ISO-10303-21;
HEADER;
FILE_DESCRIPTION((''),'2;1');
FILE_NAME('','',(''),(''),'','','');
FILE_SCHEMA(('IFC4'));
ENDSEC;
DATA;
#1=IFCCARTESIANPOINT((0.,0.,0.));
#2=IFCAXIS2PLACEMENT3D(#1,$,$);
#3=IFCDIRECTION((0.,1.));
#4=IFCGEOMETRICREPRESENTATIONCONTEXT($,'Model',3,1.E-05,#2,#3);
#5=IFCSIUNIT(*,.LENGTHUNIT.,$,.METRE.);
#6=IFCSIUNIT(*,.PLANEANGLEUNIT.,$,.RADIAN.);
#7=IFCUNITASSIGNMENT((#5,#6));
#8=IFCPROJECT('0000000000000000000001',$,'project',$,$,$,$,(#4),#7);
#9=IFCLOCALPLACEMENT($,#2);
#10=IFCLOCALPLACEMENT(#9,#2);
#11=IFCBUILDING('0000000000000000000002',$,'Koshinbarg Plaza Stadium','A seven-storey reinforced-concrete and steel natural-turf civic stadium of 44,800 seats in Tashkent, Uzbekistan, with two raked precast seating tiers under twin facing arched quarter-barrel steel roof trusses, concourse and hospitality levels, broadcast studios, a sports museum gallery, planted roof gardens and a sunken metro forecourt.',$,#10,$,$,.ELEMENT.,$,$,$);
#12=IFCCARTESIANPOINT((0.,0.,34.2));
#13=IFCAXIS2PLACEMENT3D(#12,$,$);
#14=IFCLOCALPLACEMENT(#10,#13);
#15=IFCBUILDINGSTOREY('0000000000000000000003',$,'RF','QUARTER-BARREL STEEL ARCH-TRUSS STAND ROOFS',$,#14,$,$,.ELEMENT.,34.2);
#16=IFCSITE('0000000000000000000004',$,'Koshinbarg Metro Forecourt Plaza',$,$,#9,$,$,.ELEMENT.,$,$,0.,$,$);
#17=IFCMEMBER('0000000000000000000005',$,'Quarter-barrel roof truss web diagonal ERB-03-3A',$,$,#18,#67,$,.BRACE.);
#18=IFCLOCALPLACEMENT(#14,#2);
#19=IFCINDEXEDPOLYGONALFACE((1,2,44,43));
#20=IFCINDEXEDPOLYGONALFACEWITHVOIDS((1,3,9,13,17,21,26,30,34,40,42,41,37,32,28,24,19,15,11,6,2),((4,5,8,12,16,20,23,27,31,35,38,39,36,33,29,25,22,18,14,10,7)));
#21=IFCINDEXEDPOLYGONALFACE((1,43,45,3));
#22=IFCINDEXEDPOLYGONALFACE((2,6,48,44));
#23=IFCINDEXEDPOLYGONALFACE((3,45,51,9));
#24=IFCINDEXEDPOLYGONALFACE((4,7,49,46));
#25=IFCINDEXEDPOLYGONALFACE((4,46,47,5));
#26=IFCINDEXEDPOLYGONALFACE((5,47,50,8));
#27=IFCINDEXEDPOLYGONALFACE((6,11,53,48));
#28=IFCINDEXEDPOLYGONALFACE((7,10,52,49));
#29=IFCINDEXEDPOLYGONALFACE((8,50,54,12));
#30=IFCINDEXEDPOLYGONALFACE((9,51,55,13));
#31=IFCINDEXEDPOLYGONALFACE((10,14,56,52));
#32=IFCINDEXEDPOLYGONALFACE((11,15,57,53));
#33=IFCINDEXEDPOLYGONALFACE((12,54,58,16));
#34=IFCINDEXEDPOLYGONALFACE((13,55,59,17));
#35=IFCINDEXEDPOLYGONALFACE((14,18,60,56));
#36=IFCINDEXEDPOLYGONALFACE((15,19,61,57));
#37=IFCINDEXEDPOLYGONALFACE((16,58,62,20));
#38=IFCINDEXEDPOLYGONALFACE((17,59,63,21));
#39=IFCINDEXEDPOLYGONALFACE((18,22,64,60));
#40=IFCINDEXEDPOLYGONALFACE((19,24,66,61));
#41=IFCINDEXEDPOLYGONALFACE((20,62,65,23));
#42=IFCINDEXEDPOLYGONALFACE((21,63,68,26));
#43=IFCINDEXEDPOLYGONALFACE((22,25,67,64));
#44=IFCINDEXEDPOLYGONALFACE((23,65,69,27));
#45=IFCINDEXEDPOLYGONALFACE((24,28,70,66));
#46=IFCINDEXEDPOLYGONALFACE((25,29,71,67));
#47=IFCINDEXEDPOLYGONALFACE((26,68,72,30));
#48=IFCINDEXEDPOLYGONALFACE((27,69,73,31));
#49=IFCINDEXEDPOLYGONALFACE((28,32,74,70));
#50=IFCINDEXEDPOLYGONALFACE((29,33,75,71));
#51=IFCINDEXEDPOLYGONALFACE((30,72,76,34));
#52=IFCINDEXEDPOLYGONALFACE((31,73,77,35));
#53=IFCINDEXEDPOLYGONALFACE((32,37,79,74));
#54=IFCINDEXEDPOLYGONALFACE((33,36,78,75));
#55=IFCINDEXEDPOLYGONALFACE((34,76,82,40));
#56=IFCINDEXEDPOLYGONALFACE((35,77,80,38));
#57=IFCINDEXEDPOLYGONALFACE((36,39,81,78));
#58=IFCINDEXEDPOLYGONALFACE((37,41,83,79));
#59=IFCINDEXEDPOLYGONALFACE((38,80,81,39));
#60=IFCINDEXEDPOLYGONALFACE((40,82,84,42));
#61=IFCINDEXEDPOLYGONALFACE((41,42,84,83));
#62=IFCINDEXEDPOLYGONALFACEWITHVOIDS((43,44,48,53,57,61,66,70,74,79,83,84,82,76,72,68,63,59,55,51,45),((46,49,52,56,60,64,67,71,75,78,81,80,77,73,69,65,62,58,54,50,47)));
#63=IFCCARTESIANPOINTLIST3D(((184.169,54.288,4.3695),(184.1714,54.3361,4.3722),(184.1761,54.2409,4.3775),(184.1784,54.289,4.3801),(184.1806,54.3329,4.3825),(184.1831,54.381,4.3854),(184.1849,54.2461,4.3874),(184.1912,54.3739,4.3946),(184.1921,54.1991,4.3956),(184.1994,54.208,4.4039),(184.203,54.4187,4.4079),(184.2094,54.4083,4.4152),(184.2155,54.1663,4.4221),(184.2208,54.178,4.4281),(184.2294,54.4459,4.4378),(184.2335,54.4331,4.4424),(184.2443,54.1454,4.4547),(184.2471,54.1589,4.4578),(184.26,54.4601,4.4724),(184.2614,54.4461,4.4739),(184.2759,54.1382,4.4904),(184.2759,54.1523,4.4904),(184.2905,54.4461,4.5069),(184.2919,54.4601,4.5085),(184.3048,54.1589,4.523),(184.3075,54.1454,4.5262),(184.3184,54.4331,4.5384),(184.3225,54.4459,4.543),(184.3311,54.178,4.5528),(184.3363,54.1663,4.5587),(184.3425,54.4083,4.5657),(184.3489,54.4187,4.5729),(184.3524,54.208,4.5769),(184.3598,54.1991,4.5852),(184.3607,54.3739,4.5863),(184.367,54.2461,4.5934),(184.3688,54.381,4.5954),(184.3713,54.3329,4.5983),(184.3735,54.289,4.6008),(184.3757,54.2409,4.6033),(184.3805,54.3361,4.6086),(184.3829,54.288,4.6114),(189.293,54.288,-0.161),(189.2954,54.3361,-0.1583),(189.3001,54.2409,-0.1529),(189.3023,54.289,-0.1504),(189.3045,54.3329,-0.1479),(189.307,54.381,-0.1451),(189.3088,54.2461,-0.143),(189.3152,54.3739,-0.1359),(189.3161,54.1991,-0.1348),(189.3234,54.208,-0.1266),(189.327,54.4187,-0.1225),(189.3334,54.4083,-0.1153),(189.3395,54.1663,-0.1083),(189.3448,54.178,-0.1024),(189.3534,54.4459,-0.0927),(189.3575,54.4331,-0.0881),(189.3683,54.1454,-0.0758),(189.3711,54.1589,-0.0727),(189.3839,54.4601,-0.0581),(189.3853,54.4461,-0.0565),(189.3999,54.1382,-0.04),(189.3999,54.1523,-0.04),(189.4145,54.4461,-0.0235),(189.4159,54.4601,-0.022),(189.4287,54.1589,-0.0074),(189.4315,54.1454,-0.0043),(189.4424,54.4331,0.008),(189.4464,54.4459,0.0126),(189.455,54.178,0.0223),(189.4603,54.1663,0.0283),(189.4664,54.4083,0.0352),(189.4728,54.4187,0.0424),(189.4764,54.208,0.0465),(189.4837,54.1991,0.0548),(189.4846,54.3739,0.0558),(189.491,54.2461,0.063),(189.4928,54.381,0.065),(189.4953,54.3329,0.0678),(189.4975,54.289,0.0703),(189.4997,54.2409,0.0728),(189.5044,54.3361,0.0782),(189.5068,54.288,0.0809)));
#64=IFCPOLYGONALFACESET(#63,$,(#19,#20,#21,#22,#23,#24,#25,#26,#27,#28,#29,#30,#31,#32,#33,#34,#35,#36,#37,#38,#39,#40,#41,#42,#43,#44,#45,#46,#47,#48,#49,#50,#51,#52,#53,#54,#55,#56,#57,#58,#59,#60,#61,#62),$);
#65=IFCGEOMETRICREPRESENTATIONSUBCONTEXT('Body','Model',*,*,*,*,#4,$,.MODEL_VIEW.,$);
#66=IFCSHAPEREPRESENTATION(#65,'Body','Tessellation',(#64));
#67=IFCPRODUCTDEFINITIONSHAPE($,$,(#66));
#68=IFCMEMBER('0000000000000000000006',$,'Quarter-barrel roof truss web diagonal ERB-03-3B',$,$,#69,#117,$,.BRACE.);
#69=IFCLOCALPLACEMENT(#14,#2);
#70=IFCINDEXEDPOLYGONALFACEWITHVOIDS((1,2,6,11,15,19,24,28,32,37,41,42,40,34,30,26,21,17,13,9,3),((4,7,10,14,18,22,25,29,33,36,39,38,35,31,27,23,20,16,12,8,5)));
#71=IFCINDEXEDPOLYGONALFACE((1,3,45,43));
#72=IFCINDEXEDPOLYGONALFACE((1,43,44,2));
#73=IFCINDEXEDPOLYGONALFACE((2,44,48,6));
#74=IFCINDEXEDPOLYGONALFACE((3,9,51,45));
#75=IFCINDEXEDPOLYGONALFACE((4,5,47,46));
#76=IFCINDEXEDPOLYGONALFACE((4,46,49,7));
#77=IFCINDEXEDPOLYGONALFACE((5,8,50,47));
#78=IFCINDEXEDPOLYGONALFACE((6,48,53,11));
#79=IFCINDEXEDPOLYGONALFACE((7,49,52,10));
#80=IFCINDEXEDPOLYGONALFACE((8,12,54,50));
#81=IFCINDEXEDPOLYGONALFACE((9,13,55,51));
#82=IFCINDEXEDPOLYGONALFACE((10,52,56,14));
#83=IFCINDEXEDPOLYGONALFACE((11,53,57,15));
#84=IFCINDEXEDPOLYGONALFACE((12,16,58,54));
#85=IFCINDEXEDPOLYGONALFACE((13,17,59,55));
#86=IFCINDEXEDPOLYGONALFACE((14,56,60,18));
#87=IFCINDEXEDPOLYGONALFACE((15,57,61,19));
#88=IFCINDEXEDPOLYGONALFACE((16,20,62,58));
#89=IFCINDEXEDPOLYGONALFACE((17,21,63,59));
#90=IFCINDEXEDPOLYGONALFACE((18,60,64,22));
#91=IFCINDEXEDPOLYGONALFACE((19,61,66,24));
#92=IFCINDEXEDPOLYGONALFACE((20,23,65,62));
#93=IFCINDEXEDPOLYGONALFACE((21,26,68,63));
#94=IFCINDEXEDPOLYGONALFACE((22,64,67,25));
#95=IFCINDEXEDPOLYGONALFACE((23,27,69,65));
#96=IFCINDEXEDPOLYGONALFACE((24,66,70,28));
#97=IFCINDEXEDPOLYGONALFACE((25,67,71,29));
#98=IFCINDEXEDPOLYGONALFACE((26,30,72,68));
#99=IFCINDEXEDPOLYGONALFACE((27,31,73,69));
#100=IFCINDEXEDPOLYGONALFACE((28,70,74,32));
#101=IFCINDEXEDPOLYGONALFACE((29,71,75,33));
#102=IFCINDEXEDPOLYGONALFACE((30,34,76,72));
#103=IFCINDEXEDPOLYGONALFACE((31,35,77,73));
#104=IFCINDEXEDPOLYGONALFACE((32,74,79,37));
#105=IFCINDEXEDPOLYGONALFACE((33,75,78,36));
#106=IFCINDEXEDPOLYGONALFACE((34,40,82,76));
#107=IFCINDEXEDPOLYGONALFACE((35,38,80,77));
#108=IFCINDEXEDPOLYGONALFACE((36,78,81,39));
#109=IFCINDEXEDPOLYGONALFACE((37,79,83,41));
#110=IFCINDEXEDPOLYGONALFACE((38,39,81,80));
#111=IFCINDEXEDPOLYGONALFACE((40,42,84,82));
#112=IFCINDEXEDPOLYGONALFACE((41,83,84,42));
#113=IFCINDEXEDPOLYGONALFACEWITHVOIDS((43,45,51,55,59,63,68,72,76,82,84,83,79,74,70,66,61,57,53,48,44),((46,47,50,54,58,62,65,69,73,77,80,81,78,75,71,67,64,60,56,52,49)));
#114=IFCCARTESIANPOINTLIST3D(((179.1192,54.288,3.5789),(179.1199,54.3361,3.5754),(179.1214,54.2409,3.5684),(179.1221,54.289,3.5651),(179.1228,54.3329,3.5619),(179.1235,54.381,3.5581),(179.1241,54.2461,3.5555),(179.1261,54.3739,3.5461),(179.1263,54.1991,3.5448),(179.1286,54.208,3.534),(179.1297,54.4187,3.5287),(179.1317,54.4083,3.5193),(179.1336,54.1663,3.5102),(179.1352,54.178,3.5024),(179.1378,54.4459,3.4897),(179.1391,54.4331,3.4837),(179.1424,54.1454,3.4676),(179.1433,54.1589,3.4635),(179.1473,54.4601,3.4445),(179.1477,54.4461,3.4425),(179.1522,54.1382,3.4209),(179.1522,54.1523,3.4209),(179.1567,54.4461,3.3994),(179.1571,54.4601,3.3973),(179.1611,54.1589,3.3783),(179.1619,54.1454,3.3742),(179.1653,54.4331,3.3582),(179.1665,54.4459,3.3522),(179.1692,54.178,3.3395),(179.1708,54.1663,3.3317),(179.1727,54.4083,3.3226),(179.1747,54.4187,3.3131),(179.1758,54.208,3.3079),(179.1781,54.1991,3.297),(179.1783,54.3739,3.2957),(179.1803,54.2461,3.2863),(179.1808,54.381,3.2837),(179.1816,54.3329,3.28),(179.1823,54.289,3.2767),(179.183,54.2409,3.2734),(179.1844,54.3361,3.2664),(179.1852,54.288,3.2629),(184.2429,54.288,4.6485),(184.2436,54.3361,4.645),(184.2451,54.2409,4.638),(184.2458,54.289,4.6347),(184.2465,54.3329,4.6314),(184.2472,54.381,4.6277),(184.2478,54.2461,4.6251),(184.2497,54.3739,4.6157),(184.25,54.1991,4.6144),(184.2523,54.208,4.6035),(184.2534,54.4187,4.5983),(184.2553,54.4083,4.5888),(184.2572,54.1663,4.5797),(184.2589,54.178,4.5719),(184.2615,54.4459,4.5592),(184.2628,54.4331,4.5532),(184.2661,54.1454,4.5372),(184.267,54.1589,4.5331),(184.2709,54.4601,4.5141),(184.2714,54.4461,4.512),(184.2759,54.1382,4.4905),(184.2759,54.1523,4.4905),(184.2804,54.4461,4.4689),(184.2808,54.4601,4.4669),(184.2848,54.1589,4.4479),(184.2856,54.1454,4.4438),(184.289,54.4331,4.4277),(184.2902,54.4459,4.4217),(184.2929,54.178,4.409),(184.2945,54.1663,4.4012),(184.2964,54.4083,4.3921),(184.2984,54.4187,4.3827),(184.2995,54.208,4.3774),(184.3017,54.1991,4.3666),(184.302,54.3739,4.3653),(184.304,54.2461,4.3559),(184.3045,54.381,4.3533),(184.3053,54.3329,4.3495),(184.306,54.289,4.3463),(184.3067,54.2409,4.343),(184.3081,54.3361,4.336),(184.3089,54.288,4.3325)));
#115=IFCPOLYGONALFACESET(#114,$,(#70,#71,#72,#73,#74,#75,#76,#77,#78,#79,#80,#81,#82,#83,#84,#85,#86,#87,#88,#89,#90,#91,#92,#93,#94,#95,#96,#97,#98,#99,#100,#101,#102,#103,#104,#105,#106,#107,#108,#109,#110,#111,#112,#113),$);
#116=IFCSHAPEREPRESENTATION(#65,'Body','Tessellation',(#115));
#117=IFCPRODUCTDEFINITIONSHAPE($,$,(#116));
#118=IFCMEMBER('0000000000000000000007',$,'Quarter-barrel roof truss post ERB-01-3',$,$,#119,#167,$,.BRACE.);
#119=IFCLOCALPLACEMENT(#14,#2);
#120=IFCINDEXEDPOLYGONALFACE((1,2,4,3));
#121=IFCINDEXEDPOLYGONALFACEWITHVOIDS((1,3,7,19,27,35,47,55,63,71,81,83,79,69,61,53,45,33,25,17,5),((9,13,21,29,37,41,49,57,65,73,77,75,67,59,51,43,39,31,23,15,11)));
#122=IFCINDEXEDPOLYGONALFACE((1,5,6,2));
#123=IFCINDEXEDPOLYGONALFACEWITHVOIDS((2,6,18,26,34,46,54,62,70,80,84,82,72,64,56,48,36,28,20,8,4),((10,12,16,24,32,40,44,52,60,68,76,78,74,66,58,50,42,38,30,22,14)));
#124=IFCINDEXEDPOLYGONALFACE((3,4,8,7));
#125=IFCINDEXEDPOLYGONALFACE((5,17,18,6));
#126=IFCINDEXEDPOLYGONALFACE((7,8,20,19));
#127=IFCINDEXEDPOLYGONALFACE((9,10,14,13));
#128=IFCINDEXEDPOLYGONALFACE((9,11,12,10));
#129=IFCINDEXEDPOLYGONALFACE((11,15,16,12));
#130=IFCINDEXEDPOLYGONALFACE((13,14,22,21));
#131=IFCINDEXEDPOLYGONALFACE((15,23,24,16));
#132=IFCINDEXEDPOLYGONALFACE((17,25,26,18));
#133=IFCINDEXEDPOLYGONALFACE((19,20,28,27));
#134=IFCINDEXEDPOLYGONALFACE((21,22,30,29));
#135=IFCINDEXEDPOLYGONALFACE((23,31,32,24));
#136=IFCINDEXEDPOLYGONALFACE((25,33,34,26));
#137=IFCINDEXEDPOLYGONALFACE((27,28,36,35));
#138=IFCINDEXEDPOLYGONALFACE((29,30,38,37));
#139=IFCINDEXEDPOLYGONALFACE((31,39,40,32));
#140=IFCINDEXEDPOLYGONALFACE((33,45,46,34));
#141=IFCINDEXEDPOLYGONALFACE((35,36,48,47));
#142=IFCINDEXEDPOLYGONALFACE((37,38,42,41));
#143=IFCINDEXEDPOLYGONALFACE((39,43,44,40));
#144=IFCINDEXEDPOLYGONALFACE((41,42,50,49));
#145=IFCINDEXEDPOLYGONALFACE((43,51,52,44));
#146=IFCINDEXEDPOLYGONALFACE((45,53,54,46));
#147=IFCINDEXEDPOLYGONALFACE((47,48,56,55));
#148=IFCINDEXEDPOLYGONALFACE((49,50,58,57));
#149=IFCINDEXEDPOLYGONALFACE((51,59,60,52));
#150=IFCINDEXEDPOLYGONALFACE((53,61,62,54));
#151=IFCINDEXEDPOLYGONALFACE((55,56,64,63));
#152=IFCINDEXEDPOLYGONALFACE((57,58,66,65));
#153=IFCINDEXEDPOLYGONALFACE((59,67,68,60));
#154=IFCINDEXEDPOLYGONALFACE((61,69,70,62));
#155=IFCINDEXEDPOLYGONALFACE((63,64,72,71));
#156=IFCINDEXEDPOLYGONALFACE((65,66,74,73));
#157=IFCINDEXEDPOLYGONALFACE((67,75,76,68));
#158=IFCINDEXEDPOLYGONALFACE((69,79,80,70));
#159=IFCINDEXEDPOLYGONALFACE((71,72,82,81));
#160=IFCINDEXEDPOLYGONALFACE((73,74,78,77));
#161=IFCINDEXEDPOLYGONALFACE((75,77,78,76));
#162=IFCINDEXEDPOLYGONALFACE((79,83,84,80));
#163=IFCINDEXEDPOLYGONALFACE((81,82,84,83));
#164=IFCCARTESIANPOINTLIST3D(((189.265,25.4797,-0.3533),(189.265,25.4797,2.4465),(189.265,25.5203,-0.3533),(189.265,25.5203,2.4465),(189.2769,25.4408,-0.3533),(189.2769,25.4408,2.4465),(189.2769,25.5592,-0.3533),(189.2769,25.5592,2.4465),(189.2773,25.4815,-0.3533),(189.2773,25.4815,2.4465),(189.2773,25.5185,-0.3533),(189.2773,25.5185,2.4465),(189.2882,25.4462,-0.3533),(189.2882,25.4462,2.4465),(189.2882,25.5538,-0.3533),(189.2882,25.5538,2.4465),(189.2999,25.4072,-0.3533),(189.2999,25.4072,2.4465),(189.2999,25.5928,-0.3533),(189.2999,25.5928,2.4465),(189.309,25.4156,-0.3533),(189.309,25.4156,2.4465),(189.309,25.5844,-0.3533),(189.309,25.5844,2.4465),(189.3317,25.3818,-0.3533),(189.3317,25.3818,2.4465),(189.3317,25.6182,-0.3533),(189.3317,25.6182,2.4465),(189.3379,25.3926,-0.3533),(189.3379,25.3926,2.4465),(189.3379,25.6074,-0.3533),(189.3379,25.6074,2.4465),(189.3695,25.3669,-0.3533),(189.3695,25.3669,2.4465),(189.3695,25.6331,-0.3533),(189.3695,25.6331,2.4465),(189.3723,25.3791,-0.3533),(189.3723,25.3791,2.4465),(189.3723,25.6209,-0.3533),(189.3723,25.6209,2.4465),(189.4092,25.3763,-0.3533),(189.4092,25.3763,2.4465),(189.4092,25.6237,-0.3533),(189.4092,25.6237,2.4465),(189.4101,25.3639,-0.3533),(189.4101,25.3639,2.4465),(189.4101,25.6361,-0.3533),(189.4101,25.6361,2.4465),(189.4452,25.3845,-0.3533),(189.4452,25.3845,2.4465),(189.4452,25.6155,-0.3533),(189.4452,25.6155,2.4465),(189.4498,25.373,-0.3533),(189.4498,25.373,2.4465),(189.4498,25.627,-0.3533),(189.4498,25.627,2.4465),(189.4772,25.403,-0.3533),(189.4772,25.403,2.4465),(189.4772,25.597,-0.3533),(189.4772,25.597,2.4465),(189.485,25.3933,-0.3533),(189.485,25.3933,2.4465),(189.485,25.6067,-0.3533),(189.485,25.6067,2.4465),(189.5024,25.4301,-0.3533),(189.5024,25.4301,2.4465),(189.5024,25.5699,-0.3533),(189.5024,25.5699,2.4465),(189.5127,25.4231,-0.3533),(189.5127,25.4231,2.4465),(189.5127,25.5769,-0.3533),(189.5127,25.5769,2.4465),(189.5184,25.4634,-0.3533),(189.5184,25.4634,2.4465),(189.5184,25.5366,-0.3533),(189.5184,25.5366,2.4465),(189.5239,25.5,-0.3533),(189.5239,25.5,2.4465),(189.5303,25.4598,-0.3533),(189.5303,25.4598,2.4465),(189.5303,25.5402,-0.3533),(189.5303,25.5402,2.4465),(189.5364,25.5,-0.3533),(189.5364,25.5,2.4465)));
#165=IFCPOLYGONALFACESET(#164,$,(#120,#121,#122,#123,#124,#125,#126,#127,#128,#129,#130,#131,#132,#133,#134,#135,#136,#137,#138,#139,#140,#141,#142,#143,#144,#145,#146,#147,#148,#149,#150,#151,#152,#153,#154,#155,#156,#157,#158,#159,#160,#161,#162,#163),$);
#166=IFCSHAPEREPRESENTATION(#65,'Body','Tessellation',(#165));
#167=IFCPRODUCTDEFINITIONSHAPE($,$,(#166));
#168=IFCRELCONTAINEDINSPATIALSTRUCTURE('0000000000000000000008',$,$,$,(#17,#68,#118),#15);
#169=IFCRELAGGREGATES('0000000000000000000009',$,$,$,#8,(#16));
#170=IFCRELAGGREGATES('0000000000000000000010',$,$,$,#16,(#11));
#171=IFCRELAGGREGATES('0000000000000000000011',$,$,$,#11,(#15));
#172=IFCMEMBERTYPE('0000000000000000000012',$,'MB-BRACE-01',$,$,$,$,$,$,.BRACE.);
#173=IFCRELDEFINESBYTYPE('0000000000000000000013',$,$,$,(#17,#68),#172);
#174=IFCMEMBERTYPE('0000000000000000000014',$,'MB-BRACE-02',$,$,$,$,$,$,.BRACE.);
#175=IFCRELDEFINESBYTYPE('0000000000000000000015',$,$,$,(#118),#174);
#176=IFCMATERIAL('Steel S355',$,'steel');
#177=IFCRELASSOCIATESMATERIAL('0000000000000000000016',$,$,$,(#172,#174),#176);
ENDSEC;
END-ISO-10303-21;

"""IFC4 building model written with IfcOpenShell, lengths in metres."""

from ifc_helpers import new_model, si_unit, direction, frame, origin, origin_2d, place, context, subcontext, project, spatial, hollow_circle, extrude, material, material_profile, profile_set, type_object, element, save


model = new_model("IFC4")

# Units and contexts
model_context = context("Model", 3, precision=1e-05, world=origin(), true_north=direction((0.0, 1.0)))
body_context = subcontext(model_context, "Body", "Model", "MODEL_VIEW")
ifc_project = project(units=[si_unit("LENGTHUNIT", "METRE"), si_unit("PLANEANGLEUNIT", "RADIAN")], contexts=[model_context])

# Site, building, storey
site_placement = place(None, origin())
site = spatial("IfcSite", under=ifc_project, at=site_placement, Name="Koshinbarg Metro Forecourt Plaza", CompositionType="ELEMENT", RefElevation=0.0)
building_placement = place(site_placement, origin())
building = spatial("IfcBuilding", under=site, at=building_placement, Name="Koshinbarg Plaza Stadium", Description="A seven-storey reinforced-concrete and steel natural-turf civic stadium of 44,800 seats in Tashkent, Uzbekistan, with two raked precast seating tiers under twin facing arched quarter-barrel steel roof trusses, concourse and hospitality levels, broadcast studios, a sports museum gallery, planted roof gardens and a sunken metro forecourt.", CompositionType="ELEMENT")
storey_placement = place(building_placement, frame((0.0, 0.0, 34.2)))
storey = spatial("IfcBuildingStorey", under=building, at=storey_placement, Name="RF", Description="QUARTER-BARREL STEEL ARCH-TRUSS STAND ROOFS", CompositionType="ELEMENT", Elevation=34.2)

# Members
ifc_material_1 = material(Name="Steel S355", Category="steel")
ifc_material_profile_1 = material_profile(ifc_material_1, hollow_circle(Radius=0.1619, WallThickness=0.0142, at=origin_2d()), Name="CHS 323.9x14.2")
ifc_profile_set_1 = profile_set([ifc_material_profile_1], Name="Steel S355")
member_type_1 = type_object("IfcMemberType", Name="MB-BRACE-01", PredefinedType="BRACE", material=ifc_profile_set_1)
member_1_placement = place(storey_placement, frame((189.3999, 54.3, -0.04), z_axis=(-0.749161, 0.0, 0.662387), x_axis=(0.0, -1.0, 0.0)))
element("IfcMember", 1, at=member_1_placement, inside=storey, type_object=member_type_1, Name="Quarter-barrel roof truss web diagonal ERB-03-3A", PredefinedType="BRACE", context=body_context, shape_type="SweptSolid", body=[
    extrude(hollow_circle(Radius=0.1619, WallThickness=0.0142, at=origin_2d()), origin(), (0.0, 0.0, 1.0), 6.8396),
])
member_2_placement = place(storey_placement, frame((184.2759, 54.3, 4.4905), z_axis=(-0.978899, 0.0, -0.204344), x_axis=(0.0, -1.0, 0.0)))
element("IfcMember", 2, at=member_2_placement, inside=storey, type_object=member_type_1, Name="Quarter-barrel roof truss web diagonal ERB-03-3B", PredefinedType="BRACE", context=body_context, shape_type="SweptSolid", body=[
    extrude(hollow_circle(Radius=0.1619, WallThickness=0.0142, at=origin_2d()), origin(), (0.0, 0.0, 1.0), 5.2341),
])
ifc_material_profile_2 = material_profile(ifc_material_1, hollow_circle(Radius=0.1365, WallThickness=0.0125, at=origin_2d()), Name="CHS 273x12.5")
ifc_profile_set_2 = profile_set([ifc_material_profile_2], Name="Steel S355")
member_type_2 = type_object("IfcMemberType", Name="MB-BRACE-02", PredefinedType="BRACE", material=ifc_profile_set_2)
member_3_placement = place(storey_placement, frame((189.3999, 25.5, -0.3533), z_axis=(0.0, 0.0, 1.0), x_axis=(1.0, 0.0, 0.0)))
element("IfcMember", 3, at=member_3_placement, inside=storey, type_object=member_type_2, Name="Quarter-barrel roof truss post ERB-01-3", PredefinedType="BRACE", context=body_context, shape_type="SweptSolid", body=[
    extrude(hollow_circle(Radius=0.1365, WallThickness=0.0125, at=origin_2d()), origin(), (0.0, 0.0, 1.0), 2.7998),
])

save(model, "model.ifc")
